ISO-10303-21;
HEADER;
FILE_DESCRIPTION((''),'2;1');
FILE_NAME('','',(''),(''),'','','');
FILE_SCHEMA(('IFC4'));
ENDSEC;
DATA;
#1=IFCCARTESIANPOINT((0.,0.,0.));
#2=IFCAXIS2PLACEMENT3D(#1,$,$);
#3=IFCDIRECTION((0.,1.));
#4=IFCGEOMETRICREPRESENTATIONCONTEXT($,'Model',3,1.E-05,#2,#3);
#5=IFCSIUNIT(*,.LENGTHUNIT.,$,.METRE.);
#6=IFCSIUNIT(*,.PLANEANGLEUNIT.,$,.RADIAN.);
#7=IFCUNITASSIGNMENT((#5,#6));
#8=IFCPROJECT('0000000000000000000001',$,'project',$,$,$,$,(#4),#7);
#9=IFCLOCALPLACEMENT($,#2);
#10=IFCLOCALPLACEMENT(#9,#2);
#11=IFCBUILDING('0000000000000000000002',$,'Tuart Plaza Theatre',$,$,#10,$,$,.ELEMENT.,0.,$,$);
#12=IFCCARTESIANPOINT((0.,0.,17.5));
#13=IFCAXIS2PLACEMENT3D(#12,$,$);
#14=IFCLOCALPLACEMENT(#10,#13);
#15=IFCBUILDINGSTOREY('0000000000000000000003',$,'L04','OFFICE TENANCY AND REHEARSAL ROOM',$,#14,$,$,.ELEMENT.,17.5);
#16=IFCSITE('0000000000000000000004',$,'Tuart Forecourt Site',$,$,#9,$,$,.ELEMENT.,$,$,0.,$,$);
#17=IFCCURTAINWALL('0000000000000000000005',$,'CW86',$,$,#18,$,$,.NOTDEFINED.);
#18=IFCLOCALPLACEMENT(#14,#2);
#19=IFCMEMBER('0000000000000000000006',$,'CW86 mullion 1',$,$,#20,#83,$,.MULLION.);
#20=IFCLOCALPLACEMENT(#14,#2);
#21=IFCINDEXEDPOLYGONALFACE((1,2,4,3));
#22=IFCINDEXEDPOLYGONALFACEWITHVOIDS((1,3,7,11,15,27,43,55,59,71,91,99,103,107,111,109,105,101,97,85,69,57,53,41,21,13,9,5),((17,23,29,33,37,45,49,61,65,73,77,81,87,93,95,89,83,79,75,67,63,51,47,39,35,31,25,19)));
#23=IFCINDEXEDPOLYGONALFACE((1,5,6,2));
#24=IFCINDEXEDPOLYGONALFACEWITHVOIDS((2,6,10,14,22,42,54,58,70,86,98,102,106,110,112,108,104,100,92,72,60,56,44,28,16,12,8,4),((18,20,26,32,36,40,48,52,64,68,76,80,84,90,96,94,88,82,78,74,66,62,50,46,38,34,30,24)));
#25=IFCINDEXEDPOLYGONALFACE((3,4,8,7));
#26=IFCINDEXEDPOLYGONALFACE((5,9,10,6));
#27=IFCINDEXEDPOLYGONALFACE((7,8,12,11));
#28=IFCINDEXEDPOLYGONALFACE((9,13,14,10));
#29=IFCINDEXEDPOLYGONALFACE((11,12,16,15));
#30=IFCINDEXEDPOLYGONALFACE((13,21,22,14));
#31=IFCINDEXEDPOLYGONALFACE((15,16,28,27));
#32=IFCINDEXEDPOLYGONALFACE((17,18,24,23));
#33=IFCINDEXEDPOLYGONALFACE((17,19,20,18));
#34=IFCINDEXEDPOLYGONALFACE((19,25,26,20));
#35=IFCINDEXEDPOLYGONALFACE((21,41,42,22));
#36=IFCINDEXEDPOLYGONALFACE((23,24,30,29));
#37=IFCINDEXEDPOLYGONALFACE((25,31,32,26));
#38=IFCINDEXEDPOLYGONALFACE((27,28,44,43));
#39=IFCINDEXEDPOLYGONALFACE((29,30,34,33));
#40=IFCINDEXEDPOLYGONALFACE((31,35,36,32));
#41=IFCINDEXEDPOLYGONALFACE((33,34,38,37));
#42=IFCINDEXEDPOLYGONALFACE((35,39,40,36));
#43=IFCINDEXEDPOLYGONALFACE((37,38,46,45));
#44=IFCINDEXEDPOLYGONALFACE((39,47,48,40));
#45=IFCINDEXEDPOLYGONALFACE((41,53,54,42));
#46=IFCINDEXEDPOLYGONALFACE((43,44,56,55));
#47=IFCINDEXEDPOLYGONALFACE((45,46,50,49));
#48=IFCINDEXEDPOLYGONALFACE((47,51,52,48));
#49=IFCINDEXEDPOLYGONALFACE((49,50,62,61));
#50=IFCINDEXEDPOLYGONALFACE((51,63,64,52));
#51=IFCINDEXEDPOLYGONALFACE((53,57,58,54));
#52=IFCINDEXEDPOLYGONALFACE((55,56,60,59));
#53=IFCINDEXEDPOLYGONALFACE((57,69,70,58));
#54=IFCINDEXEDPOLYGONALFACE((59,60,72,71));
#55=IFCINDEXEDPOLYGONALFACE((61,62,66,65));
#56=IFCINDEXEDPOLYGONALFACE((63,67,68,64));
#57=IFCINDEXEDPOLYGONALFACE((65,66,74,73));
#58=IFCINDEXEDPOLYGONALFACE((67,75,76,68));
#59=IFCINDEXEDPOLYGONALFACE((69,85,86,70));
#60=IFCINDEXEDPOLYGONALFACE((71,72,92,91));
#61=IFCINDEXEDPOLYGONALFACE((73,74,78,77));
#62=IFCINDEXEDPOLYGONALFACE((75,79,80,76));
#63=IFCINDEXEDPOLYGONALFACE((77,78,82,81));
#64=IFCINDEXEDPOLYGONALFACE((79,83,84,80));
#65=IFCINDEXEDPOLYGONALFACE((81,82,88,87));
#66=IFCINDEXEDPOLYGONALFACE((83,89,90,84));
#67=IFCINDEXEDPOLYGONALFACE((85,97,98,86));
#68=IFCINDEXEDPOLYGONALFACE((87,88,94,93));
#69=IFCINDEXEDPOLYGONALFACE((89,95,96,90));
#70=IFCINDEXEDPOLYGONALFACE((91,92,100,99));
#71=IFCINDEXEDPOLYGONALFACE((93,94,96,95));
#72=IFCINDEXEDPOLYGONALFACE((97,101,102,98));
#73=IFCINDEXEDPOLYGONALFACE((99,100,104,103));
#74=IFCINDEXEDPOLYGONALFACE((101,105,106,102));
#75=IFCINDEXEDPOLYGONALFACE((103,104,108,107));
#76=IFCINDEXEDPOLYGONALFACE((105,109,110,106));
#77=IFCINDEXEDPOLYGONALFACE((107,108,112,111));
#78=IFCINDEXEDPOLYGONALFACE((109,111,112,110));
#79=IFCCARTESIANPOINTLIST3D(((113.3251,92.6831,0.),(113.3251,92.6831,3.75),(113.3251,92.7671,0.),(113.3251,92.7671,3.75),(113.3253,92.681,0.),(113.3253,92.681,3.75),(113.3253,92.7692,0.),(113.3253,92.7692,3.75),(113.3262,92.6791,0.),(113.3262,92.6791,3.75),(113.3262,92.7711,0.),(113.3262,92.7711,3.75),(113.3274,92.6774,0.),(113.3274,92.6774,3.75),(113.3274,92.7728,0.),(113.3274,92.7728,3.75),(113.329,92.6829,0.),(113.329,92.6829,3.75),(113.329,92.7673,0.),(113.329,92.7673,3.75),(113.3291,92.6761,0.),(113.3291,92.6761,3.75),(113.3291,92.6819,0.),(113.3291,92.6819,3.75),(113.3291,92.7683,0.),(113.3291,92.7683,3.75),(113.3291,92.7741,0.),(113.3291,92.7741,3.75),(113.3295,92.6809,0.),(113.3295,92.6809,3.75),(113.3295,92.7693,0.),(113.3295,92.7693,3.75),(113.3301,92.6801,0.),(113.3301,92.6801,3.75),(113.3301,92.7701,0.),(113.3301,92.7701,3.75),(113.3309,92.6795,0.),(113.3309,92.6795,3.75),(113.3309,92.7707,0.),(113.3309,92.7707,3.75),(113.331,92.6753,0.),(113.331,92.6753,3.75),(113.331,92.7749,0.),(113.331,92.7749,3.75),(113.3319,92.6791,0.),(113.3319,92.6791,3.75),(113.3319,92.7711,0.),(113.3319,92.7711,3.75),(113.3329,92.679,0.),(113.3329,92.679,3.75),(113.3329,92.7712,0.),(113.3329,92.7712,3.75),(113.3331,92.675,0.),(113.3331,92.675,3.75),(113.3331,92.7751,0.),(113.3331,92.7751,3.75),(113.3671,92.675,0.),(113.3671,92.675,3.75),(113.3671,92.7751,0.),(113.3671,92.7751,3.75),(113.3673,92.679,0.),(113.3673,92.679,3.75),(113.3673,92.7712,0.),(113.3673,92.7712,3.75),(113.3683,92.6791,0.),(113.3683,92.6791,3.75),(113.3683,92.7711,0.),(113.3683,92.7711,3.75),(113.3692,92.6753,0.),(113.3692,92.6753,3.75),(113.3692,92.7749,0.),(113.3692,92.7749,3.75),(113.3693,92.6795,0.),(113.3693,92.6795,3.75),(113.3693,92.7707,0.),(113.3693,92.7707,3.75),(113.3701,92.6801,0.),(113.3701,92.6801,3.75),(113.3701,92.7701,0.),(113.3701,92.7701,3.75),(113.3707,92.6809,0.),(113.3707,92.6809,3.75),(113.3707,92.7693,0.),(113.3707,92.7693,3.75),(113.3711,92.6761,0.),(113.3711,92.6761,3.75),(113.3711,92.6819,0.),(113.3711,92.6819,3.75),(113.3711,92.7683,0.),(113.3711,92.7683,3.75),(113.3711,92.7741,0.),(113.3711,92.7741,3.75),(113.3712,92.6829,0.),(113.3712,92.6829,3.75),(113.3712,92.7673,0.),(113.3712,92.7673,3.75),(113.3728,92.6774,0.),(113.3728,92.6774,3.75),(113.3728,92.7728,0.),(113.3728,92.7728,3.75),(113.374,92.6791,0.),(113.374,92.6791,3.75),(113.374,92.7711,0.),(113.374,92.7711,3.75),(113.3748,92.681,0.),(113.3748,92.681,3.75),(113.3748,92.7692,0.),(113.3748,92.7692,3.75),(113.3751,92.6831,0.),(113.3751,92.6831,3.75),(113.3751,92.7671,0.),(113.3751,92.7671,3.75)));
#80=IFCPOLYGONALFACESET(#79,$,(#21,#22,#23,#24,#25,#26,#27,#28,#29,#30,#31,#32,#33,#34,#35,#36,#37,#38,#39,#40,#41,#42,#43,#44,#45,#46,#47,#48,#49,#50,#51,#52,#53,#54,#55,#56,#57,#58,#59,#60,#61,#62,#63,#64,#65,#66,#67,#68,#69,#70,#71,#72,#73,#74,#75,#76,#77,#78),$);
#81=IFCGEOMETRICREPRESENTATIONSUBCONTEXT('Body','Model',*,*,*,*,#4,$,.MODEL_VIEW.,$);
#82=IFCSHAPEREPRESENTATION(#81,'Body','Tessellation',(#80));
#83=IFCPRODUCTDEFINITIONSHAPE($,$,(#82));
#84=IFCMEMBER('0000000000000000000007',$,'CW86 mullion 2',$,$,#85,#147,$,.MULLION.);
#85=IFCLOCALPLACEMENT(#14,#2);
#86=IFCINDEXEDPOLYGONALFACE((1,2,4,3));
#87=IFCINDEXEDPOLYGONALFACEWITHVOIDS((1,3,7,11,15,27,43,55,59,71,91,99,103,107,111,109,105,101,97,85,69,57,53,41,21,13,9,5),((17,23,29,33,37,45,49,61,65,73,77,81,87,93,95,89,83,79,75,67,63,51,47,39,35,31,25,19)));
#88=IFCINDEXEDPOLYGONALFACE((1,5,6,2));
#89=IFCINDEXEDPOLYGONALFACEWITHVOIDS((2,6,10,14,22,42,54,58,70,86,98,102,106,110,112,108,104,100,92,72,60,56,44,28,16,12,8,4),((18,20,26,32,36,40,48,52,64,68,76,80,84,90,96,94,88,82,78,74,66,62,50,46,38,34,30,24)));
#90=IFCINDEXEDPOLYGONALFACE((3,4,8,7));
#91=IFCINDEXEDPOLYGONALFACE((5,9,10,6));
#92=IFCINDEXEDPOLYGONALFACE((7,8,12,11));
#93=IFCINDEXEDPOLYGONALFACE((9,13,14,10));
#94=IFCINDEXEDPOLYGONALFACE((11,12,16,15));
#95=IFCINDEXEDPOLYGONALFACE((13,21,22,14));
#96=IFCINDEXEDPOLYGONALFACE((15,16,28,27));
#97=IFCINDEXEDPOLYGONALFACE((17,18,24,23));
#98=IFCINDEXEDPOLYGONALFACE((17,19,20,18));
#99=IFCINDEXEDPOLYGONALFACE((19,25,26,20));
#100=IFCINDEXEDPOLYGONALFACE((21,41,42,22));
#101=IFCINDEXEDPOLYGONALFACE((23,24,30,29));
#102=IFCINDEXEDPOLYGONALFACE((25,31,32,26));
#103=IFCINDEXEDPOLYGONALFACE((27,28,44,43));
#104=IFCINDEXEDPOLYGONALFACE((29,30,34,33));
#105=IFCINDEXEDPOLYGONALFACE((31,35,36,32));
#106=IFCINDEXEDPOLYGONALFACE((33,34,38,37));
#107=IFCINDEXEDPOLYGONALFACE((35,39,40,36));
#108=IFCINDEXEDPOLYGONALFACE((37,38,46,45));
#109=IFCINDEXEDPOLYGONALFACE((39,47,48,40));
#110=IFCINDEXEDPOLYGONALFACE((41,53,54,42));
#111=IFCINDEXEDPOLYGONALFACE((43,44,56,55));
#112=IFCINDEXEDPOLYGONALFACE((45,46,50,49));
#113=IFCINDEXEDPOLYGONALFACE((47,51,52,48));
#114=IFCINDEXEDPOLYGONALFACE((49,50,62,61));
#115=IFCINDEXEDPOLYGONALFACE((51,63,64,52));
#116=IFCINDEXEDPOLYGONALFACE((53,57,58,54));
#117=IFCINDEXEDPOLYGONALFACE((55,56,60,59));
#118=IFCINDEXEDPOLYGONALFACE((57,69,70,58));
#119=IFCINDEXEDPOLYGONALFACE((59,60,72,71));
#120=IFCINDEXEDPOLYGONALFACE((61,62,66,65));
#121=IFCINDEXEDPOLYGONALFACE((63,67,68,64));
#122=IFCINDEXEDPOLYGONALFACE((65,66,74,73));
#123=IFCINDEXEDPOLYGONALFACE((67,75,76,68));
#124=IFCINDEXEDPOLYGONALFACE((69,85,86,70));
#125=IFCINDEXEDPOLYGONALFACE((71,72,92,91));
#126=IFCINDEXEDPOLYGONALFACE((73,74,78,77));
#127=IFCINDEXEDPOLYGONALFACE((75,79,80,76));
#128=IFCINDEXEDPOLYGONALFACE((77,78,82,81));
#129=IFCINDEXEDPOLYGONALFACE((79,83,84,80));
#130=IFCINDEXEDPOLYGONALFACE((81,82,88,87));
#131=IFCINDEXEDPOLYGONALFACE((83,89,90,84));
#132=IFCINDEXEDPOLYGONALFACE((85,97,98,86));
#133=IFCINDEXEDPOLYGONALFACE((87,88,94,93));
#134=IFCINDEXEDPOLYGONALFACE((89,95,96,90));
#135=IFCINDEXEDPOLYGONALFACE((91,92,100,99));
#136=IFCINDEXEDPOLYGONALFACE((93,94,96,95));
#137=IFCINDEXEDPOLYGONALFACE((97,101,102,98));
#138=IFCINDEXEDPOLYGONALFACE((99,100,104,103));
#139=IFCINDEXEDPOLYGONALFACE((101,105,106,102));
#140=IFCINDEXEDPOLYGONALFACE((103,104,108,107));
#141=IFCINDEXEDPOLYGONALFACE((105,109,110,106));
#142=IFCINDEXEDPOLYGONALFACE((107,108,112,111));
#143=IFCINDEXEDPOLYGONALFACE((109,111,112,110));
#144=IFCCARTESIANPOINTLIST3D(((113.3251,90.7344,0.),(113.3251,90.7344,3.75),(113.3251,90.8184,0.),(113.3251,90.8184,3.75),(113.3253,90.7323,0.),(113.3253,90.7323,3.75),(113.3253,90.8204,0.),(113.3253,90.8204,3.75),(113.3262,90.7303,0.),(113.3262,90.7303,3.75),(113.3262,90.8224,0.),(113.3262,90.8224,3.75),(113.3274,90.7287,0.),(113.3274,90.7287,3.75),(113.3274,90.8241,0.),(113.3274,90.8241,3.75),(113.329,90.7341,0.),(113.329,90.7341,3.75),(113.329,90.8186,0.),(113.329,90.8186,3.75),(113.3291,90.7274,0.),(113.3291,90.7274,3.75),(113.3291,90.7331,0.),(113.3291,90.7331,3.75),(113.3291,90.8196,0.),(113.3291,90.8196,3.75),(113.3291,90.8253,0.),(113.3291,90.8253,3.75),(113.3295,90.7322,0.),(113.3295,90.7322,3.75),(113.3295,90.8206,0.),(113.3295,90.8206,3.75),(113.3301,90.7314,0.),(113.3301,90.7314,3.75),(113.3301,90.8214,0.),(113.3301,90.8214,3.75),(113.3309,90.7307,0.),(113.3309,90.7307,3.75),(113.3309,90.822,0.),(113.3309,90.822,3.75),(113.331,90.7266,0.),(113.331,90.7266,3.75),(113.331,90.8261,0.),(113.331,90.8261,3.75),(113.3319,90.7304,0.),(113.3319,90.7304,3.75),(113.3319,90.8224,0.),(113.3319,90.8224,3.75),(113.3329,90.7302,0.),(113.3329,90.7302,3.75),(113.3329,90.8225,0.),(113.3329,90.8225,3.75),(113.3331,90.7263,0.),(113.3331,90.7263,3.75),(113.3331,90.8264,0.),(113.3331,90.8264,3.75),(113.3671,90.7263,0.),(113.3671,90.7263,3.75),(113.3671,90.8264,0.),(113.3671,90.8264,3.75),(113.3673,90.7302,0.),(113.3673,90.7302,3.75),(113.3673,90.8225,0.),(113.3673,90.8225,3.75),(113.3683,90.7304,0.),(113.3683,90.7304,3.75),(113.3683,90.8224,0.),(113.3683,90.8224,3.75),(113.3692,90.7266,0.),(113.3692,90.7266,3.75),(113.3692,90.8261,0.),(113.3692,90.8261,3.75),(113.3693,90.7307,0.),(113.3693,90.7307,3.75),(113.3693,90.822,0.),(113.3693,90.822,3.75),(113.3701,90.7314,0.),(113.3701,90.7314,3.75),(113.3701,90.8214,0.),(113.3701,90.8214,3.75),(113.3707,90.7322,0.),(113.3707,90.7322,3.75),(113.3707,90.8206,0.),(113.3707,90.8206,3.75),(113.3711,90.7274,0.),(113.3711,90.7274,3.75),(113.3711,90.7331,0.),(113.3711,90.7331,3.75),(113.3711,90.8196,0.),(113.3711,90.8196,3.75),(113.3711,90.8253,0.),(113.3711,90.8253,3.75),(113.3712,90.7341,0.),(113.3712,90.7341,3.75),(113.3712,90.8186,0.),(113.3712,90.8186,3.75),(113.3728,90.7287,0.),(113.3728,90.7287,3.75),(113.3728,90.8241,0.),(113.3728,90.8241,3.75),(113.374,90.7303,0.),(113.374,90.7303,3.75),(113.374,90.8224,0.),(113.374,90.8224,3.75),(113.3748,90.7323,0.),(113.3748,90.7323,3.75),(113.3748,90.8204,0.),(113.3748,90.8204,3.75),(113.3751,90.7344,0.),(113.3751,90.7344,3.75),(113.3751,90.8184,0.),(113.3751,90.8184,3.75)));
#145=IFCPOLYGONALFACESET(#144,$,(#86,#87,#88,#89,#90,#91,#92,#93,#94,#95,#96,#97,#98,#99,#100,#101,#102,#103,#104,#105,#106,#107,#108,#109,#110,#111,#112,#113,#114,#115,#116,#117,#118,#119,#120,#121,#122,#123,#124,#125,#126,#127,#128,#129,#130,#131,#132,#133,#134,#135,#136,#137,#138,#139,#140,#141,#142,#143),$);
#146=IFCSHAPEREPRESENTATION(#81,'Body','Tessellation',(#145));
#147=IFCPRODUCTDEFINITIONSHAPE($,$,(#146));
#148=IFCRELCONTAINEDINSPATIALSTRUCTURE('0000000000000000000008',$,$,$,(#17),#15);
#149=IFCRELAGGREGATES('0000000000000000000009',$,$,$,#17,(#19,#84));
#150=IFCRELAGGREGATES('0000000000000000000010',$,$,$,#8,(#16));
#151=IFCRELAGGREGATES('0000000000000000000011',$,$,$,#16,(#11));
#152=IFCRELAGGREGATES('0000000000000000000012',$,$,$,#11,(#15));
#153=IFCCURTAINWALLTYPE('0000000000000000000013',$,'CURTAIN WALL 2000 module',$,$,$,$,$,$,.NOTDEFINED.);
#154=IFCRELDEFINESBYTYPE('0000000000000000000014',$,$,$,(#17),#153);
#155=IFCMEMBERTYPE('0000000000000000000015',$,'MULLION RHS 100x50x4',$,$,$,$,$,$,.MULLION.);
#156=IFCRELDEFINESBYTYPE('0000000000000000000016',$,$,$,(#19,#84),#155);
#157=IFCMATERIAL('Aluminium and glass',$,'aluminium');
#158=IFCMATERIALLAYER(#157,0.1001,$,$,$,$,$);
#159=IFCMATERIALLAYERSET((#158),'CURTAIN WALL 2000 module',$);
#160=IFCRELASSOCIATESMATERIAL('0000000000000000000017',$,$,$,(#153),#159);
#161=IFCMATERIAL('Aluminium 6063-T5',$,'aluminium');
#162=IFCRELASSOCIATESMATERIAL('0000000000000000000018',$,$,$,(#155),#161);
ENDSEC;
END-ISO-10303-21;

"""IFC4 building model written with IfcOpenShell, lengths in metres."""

from ifc_helpers import new_model, si_unit, direction, frame, origin, origin_2d, place, context, subcontext, project, spatial, hollow_rectangle, extrude, material, layer, layer_set, material_profile, profile_set, type_object, element, aggregate, save


model = new_model("IFC4")

# Units and contexts
model_context = context("Model", 3, precision=1e-05, world=origin(), true_north=direction((0.0, 1.0)))
body_context = subcontext(model_context, "Body", "Model", "MODEL_VIEW")
ifc_project = project(units=[si_unit("LENGTHUNIT", "METRE"), si_unit("PLANEANGLEUNIT", "RADIAN")], contexts=[model_context])

# Site, building, storey
site_placement = place(None, origin())
site = spatial("IfcSite", under=ifc_project, at=site_placement, Name="Tuart Forecourt Site", CompositionType="ELEMENT", RefElevation=0.0)
building_placement = place(site_placement, origin())
building = spatial("IfcBuilding", under=site, at=building_placement, Name="Tuart Plaza Theatre", CompositionType="ELEMENT", ElevationOfRefHeight=0.0)
storey_placement = place(building_placement, frame((0.0, 0.0, 17.5)))
storey = spatial("IfcBuildingStorey", under=building, at=storey_placement, Name="L04", Description="OFFICE TENANCY AND REHEARSAL ROOM", CompositionType="ELEMENT", Elevation=17.5)

# Curtain wall, members
ifc_material_1 = material(Name="Aluminium and glass", Category="aluminium")
ifc_layer_1 = layer(ifc_material_1, 0.1001)
ifc_layer_set_1 = layer_set([ifc_layer_1], Name="CURTAIN WALL 2000 module")
curtain_wall_type = type_object("IfcCurtainWallType", Name="CURTAIN WALL 2000 module", PredefinedType="NOTDEFINED", material=ifc_layer_set_1)
curtain_wall_placement = place(storey_placement, origin())
curtain_wall = element("IfcCurtainWall", 1, at=curtain_wall_placement, inside=storey, type_object=curtain_wall_type, Name="CW86", PredefinedType="NOTDEFINED")
ifc_material_2 = material(Name="Aluminium 6063-T5", Category="aluminium")
ifc_material_profile_1 = material_profile(ifc_material_2, hollow_rectangle(XDim=0.05, YDim=0.1001, WallThickness=0.0039, InnerFilletRadius=0.0039, OuterFilletRadius=0.0081, at=origin_2d()), Name="RHS 100x50x4")
ifc_profile_set_1 = profile_set([ifc_material_profile_1], Name="Aluminium 6063-T5")
member_type_1 = type_object("IfcMemberType", Name="MULLION RHS 100x50x4", PredefinedType="MULLION", material=ifc_profile_set_1)
member_1_placement = place(storey_placement, frame((113.3501, 92.7251, 0.0), z_axis=(0.0, 0.0, 1.0), x_axis=(1.0, 0.0, 0.0)))
member_1 = element("IfcMember", 2, at=member_1_placement, type_object=member_type_1, Name="CW86 mullion 1", PredefinedType="MULLION", context=body_context, shape_type="SweptSolid", body=[
    extrude(hollow_rectangle(XDim=0.05, YDim=0.1001, WallThickness=0.0039, InnerFilletRadius=0.0039, OuterFilletRadius=0.0081, at=origin_2d()), origin(), (0.0, 0.0, 1.0), 3.75),
])
member_2_placement = place(storey_placement, frame((113.3501, 90.7764, 0.0), z_axis=(0.0, 0.0, 1.0), x_axis=(1.0, 0.0, 0.0)))
member_2 = element("IfcMember", 3, at=member_2_placement, type_object=member_type_1, Name="CW86 mullion 2", PredefinedType="MULLION", context=body_context, shape_type="SweptSolid", body=[
    extrude(hollow_rectangle(XDim=0.05, YDim=0.1001, WallThickness=0.0039, InnerFilletRadius=0.0039, OuterFilletRadius=0.0081, at=origin_2d()), origin(), (0.0, 0.0, 1.0), 3.75),
])
aggregate(curtain_wall, [member_1, member_2])

save(model, "model.ifc")
